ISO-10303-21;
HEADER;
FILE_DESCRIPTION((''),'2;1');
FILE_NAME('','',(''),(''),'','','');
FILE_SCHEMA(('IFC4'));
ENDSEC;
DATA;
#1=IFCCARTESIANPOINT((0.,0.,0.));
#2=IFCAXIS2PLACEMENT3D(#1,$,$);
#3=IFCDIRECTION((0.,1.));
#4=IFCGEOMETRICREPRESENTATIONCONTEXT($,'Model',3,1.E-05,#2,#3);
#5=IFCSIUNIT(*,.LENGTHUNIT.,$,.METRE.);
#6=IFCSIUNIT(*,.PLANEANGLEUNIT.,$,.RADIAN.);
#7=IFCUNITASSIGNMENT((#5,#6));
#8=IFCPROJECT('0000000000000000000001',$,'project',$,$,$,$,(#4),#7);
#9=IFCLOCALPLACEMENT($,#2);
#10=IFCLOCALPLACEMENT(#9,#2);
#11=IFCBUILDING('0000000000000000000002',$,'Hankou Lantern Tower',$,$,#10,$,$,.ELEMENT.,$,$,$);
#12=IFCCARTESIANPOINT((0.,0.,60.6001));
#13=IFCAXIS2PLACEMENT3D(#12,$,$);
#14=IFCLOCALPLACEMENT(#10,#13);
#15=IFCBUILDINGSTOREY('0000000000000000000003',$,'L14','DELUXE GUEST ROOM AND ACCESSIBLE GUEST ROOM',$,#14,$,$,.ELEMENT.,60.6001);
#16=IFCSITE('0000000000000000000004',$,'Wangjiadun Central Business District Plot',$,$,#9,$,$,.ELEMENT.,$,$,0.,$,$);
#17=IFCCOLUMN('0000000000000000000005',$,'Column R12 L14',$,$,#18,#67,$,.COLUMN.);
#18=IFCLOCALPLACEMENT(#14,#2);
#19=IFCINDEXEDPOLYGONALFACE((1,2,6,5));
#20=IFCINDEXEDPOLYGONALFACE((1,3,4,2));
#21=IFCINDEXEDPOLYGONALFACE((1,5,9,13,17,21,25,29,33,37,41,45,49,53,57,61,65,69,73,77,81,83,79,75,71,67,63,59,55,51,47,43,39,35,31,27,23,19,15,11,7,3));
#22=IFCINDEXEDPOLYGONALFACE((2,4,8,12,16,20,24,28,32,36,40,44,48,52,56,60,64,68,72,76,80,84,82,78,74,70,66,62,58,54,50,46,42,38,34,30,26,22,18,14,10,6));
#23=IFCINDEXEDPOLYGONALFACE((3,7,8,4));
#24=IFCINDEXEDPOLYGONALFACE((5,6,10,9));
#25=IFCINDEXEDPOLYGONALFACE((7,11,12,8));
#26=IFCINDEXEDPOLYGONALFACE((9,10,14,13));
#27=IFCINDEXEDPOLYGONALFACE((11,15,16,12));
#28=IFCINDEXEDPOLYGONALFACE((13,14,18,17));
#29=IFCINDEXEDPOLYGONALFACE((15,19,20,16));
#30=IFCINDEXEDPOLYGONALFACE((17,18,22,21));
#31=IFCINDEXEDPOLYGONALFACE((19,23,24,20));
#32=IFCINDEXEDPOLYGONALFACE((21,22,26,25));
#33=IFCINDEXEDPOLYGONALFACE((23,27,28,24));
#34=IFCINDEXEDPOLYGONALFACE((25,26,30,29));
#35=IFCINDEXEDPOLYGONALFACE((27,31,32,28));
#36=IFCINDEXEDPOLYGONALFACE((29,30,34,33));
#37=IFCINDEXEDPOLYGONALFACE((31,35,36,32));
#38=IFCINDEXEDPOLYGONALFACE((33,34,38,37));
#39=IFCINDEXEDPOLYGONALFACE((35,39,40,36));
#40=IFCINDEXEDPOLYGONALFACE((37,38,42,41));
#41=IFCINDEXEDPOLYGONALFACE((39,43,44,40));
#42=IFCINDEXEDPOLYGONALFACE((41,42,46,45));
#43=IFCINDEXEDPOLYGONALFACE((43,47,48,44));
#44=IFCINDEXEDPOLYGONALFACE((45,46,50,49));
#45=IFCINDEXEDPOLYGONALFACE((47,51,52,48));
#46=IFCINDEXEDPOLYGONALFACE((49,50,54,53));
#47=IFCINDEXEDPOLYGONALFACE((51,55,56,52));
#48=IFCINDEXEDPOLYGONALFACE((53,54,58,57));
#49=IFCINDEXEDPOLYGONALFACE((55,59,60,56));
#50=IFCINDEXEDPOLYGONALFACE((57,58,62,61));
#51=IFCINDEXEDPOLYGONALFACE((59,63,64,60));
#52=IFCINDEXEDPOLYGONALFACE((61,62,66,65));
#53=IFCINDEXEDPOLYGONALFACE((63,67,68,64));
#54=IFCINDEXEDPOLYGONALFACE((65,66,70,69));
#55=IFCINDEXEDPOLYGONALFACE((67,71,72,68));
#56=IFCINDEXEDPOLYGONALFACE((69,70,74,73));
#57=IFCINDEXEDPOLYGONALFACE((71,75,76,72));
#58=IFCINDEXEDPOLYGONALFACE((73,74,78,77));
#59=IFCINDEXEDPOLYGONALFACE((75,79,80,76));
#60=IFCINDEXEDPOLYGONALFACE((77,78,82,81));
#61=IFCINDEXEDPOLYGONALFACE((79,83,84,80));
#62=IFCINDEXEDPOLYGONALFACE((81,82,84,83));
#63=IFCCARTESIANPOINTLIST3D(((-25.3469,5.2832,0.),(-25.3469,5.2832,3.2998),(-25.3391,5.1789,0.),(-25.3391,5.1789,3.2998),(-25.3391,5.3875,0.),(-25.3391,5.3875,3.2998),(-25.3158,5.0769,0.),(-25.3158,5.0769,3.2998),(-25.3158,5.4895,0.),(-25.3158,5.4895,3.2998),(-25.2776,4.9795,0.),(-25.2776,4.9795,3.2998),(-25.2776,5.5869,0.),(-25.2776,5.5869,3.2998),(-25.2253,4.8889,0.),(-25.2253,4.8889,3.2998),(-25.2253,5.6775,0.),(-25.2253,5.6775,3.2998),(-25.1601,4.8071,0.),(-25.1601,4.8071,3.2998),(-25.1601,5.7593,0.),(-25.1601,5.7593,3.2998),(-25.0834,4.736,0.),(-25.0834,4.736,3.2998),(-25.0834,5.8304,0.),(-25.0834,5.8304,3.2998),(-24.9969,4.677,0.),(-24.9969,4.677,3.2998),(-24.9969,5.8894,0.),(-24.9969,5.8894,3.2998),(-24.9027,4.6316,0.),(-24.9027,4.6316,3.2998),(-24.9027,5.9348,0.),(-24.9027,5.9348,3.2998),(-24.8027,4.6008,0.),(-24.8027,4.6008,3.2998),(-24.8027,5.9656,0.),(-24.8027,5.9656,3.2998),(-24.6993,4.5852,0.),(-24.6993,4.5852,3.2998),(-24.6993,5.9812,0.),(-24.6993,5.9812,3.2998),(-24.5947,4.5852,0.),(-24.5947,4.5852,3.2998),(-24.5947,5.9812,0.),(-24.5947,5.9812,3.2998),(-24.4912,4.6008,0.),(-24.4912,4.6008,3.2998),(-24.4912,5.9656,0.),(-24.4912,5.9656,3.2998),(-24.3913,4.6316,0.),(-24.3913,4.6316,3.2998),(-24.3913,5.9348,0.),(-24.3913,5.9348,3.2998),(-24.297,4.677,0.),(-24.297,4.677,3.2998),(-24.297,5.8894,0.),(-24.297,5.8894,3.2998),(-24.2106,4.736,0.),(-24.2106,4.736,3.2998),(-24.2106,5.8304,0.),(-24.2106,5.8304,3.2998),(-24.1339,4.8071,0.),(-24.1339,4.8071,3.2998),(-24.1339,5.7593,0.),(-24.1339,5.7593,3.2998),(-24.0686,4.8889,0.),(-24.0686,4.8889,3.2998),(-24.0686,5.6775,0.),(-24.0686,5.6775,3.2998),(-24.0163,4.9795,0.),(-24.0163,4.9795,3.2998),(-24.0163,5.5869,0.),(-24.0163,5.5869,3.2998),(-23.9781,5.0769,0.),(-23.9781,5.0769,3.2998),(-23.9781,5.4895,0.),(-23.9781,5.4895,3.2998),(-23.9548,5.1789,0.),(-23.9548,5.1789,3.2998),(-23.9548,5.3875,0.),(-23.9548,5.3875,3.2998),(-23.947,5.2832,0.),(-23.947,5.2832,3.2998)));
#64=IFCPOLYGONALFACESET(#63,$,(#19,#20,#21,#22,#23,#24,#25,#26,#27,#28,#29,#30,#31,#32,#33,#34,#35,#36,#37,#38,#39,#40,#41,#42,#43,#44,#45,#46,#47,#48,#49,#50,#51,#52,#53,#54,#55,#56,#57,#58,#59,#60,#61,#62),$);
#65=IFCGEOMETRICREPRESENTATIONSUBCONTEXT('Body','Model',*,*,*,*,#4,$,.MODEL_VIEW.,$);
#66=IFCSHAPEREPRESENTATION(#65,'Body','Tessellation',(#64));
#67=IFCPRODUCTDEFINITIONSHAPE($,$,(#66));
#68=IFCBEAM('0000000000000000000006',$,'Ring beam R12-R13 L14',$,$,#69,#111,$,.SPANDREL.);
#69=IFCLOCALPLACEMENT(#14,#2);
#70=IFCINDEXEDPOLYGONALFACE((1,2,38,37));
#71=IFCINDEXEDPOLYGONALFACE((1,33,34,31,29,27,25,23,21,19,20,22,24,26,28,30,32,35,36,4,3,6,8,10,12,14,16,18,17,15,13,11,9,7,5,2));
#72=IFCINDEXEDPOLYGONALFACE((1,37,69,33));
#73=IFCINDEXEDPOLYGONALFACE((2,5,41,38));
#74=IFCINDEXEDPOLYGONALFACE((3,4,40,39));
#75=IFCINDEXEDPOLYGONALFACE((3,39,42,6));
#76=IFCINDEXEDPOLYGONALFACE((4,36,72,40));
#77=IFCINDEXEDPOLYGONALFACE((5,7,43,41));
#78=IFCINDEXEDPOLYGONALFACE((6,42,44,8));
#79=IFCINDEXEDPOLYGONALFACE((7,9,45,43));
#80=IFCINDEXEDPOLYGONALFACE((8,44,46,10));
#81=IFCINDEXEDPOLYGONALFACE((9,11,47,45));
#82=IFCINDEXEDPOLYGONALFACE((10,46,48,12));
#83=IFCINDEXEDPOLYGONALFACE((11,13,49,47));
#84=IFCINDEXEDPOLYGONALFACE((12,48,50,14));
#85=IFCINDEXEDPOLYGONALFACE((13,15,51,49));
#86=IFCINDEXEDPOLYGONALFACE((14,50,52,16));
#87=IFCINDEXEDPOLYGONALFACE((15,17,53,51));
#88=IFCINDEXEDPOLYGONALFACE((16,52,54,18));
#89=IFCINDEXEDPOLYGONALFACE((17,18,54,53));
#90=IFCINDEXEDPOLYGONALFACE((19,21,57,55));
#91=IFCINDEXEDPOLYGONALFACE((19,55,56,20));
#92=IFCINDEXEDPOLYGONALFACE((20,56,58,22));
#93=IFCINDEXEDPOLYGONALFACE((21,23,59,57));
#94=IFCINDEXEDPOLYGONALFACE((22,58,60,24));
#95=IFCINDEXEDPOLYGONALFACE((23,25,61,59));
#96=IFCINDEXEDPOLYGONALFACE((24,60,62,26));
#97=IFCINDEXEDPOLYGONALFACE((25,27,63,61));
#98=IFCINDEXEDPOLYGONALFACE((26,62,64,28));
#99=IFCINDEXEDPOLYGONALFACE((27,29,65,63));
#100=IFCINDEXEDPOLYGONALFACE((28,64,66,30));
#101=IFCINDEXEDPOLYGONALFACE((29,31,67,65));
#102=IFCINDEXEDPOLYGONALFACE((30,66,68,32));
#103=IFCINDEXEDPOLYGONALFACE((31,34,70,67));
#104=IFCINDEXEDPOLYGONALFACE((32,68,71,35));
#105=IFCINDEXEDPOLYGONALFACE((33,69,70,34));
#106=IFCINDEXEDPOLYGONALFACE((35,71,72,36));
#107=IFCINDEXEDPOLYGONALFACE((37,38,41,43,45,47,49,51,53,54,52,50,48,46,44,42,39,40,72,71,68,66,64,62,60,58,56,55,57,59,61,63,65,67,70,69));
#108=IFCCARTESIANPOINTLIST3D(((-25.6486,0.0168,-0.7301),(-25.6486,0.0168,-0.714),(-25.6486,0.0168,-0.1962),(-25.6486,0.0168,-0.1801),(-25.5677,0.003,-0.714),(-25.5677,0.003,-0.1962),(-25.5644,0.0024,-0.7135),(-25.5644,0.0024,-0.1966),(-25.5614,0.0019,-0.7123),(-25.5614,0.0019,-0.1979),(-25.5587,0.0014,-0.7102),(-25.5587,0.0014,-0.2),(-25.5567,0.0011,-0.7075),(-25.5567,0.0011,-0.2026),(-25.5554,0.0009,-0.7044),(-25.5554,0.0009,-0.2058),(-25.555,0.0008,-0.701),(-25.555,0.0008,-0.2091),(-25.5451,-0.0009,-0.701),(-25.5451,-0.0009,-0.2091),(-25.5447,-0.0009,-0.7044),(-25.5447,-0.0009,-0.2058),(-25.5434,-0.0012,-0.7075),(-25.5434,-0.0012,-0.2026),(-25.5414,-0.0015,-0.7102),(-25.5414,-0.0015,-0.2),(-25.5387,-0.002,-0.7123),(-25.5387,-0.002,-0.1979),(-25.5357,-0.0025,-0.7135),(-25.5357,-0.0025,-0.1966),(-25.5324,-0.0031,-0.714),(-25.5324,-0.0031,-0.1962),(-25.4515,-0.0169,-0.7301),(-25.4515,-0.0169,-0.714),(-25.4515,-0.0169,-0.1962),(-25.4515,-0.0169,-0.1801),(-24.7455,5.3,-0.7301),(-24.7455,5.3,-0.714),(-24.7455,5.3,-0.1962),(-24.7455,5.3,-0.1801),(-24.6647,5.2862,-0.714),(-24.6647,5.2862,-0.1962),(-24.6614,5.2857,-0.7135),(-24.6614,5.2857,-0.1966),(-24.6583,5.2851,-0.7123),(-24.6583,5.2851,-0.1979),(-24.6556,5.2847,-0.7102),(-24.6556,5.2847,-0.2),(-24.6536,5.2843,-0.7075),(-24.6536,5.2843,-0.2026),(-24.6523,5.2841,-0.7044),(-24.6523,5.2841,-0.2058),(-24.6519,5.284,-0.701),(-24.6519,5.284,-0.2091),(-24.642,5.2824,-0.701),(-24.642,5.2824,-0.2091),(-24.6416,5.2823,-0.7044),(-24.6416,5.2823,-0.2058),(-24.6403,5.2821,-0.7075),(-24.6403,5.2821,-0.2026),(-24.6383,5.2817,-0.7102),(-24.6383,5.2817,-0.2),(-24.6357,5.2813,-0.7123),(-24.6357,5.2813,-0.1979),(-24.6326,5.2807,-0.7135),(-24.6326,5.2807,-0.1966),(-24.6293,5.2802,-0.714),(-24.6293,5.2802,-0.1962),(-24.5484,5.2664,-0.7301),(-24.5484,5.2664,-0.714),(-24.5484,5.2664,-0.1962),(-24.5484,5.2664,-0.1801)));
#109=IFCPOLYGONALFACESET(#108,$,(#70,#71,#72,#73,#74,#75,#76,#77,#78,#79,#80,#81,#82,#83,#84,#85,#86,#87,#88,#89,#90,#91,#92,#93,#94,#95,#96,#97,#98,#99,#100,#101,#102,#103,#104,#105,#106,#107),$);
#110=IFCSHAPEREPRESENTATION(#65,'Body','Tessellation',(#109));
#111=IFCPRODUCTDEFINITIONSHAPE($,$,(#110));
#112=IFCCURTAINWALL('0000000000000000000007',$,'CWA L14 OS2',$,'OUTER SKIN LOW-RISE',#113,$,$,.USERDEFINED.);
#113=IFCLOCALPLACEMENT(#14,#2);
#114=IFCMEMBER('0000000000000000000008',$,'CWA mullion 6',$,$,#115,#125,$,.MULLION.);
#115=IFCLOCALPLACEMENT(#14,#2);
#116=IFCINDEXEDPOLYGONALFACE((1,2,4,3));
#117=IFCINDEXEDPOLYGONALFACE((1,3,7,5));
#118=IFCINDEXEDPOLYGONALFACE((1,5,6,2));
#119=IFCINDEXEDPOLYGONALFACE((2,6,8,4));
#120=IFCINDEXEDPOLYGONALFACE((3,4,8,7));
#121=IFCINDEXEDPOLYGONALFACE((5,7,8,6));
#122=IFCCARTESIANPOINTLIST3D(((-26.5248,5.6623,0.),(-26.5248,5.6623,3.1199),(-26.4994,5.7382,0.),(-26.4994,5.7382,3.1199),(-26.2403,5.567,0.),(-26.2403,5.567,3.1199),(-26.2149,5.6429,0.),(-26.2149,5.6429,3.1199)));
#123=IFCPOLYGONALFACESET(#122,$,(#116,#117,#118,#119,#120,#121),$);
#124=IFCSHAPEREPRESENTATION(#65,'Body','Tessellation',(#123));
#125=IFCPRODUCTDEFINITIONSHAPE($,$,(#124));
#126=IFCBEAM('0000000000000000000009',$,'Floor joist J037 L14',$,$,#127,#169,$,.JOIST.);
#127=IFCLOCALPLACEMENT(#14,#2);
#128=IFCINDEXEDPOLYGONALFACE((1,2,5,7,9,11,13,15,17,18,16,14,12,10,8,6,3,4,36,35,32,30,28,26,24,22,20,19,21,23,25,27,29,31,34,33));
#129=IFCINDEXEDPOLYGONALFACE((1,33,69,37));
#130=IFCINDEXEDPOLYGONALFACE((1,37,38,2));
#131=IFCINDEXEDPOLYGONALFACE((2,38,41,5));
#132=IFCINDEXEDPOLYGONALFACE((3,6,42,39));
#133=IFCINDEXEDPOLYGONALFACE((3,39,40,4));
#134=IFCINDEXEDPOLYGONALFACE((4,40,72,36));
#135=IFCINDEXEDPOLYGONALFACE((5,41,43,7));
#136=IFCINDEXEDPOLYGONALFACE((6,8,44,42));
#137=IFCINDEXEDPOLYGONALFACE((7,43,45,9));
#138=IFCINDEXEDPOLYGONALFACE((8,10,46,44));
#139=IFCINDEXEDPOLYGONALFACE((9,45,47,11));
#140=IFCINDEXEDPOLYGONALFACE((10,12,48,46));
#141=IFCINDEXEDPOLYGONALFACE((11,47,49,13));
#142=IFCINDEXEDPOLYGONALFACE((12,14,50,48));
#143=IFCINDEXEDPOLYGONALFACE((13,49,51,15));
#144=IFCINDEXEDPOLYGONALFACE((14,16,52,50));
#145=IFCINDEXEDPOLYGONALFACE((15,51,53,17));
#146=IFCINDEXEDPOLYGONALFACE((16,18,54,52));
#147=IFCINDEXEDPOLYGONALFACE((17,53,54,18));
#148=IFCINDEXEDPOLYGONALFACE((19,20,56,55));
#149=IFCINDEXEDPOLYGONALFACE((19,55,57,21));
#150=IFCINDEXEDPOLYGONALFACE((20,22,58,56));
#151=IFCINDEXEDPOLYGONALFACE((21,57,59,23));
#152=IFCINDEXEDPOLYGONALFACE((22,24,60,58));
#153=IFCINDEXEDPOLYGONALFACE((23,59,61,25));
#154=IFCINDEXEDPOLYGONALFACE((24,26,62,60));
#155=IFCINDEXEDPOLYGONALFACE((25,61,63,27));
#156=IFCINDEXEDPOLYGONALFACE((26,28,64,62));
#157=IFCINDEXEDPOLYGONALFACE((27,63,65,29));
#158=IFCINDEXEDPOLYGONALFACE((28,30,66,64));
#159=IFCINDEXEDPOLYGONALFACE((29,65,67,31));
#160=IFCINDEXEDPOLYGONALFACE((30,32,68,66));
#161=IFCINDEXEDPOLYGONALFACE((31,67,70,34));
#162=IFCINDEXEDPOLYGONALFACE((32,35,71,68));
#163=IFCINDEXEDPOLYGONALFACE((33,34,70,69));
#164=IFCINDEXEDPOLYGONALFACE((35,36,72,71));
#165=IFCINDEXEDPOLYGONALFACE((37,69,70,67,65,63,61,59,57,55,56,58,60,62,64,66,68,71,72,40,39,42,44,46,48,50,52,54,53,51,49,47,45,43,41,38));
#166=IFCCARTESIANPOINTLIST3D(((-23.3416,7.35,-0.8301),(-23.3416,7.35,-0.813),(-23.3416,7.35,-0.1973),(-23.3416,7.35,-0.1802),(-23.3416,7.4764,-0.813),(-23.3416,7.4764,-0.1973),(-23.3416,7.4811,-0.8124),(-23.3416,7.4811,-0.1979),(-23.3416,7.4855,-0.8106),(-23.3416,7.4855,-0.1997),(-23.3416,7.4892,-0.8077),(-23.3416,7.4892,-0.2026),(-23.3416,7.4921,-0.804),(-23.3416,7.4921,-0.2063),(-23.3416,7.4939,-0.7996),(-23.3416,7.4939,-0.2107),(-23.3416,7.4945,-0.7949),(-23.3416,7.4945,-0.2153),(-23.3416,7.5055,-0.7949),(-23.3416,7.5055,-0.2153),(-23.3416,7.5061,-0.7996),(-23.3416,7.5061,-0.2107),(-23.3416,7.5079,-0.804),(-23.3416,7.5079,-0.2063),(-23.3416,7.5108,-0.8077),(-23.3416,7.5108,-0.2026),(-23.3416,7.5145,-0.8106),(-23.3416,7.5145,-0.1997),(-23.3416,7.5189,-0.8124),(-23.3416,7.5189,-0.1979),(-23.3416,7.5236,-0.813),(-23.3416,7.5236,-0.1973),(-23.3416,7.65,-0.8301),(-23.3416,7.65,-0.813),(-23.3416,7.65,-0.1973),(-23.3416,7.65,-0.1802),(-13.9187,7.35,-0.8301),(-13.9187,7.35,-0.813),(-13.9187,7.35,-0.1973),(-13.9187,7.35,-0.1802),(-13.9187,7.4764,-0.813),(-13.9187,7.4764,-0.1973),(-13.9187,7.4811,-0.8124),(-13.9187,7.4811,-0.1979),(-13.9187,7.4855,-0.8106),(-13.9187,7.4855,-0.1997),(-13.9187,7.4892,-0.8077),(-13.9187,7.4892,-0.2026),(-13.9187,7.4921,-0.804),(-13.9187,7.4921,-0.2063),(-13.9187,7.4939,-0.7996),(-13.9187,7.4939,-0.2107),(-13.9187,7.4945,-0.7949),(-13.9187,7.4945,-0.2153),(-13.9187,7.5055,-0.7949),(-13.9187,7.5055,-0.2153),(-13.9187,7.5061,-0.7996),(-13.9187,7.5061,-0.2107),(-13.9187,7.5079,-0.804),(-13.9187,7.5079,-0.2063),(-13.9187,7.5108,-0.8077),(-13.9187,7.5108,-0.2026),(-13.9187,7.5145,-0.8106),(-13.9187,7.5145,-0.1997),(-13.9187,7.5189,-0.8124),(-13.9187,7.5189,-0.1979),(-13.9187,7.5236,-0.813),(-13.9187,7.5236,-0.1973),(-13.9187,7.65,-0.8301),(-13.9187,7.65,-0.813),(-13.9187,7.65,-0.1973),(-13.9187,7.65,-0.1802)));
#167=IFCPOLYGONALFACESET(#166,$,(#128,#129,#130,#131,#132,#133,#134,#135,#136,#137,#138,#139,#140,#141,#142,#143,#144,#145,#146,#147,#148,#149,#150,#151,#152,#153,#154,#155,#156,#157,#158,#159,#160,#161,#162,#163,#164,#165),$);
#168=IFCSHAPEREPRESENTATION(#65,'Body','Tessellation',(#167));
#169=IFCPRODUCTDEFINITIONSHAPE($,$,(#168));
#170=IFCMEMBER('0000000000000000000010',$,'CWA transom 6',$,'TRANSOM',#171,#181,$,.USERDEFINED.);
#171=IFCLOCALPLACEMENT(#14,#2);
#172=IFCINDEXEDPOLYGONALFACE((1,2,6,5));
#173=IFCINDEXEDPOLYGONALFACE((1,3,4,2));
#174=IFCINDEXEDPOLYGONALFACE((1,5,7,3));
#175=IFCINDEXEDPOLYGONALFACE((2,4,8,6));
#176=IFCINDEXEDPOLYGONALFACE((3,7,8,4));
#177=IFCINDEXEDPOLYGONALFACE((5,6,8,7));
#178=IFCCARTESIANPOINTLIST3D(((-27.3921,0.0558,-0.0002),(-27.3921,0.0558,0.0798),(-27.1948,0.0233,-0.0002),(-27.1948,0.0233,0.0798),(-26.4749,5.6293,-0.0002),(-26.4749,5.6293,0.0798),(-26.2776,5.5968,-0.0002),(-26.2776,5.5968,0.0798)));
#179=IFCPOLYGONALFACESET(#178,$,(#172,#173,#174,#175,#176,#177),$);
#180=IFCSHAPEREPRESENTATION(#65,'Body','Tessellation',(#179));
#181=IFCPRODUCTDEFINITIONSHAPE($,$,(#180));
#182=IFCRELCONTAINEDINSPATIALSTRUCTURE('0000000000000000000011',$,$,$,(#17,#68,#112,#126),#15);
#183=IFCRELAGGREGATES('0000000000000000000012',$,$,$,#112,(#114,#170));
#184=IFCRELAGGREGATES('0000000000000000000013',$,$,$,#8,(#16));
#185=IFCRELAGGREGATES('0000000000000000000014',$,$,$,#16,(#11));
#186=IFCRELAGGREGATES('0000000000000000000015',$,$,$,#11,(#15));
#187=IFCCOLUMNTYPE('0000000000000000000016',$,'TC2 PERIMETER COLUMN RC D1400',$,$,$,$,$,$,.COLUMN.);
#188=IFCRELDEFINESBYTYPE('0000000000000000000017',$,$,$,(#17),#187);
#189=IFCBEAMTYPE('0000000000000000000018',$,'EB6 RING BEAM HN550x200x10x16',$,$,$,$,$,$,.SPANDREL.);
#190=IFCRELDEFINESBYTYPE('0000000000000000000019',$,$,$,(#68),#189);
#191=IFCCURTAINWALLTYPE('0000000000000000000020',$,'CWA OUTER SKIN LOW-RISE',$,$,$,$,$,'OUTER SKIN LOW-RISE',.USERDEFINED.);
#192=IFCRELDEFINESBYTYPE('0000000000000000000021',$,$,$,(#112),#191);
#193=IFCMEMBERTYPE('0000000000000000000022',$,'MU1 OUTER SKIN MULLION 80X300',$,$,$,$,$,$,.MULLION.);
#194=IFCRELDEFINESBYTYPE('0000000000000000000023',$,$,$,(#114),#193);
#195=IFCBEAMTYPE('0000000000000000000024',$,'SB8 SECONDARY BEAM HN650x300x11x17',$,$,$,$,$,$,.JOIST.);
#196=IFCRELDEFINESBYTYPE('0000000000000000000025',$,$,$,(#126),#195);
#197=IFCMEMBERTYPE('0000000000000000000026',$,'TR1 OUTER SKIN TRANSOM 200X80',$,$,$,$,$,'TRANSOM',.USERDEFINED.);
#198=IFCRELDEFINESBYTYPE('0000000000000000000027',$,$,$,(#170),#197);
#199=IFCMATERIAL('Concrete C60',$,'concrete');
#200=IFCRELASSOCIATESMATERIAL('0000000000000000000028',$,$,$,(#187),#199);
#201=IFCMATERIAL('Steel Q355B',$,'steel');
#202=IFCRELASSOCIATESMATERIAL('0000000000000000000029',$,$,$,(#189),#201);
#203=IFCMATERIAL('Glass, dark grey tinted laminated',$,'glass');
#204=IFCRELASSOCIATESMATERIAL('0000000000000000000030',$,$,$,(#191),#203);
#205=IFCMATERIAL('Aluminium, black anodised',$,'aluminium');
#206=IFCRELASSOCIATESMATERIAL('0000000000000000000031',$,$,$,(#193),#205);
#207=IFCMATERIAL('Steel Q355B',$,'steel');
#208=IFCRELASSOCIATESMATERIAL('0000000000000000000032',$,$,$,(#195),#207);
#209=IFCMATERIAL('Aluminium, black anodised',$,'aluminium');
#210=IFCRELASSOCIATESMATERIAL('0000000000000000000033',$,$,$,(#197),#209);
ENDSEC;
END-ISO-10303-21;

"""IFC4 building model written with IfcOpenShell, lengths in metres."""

from ifc_helpers import new_model, si_unit, direction, frame, origin, origin_2d, place, context, subcontext, project, spatial, rectangle, circle, i_section, extrude, material, material_profile, profile_set, type_object, element, aggregate, save


model = new_model("IFC4")

# Units and contexts
model_context = context("Model", 3, precision=1e-05, world=origin(), true_north=direction((0.0, 1.0)))
body_context = subcontext(model_context, "Body", "Model", "MODEL_VIEW")
ifc_project = project(units=[si_unit("LENGTHUNIT", "METRE"), si_unit("PLANEANGLEUNIT", "RADIAN")], contexts=[model_context])

# Site, building, storey
site_placement = place(None, origin())
site = spatial("IfcSite", under=ifc_project, at=site_placement, Name="Wangjiadun Central Business District Plot", CompositionType="ELEMENT", RefElevation=0.0)
building_placement = place(site_placement, origin())
building = spatial("IfcBuilding", under=site, at=building_placement, Name="Hankou Lantern Tower", CompositionType="ELEMENT")
storey_placement = place(building_placement, frame((0.0, 0.0, 60.6001)))
storey = spatial("IfcBuildingStorey", under=building, at=storey_placement, Name="L14", Description="DELUXE GUEST ROOM AND ACCESSIBLE GUEST ROOM", CompositionType="ELEMENT", Elevation=60.6001)

# Column
ifc_material_1 = material(Name="Concrete C60", Category="concrete")
ifc_material_profile_1 = material_profile(ifc_material_1, circle(Radius=0.7, at=origin_2d()), Name="RC D1400")
ifc_profile_set_1 = profile_set([ifc_material_profile_1], Name="Concrete C60")
column_type = type_object("IfcColumnType", Name="TC2 PERIMETER COLUMN RC D1400", PredefinedType="COLUMN", material=ifc_profile_set_1)
column_placement = place(storey_placement, frame((-24.647, 5.2832, 0.0), z_axis=(0.0, 0.0, 1.0), x_axis=(1.0, 0.0, 0.0)))
element("IfcColumn", 1, at=column_placement, inside=storey, type_object=column_type, Name="Column R12 L14", PredefinedType="COLUMN", context=body_context, shape_type="SweptSolid", body=[
    extrude(circle(Radius=0.7, at=origin_2d()), origin(), (0.0, 0.0, 1.0), 3.2998),
])

# Beam
ifc_material_2 = material(Name="Steel Q355B", Category="steel")
ifc_material_profile_2 = material_profile(ifc_material_2, i_section(OverallWidth=0.2, OverallDepth=0.55, WebThickness=0.01, FlangeThickness=0.0161, FilletRadius=0.0129, at=origin_2d()), Name="HN550x200x10x16")
ifc_profile_set_2 = profile_set([ifc_material_profile_2], Name="Steel Q355B")
beam_type_1 = type_object("IfcBeamType", Name="EB6 RING BEAM HN550x200x10x16", PredefinedType="SPANDREL", material=ifc_profile_set_2)
beam_1_placement = place(storey_placement, frame((-24.647, 5.2832, -0.4551), z_axis=(-0.16849, -0.985703, 0.0), x_axis=(0.985703, -0.16849, 0.0)))
element("IfcBeam", 2, at=beam_1_placement, inside=storey, type_object=beam_type_1, Name="Ring beam R12-R13 L14", PredefinedType="SPANDREL", context=body_context, shape_type="SweptSolid", body=[
    extrude(i_section(OverallWidth=0.2, OverallDepth=0.55, WebThickness=0.01, FlangeThickness=0.0161, FilletRadius=0.0129, at=origin_2d()), origin(), (0.0, 0.0, 1.0), 5.3599),
])

# Curtain wall, member
ifc_material_3 = material(Name="Glass, dark grey tinted laminated", Category="glass")
curtain_wall_type = type_object("IfcCurtainWallType", Name="CWA OUTER SKIN LOW-RISE", ElementType="OUTER SKIN LOW-RISE", PredefinedType="USERDEFINED", material=ifc_material_3)
curtain_wall_placement = place(storey_placement, origin())
curtain_wall = element("IfcCurtainWall", 3, at=curtain_wall_placement, inside=storey, type_object=curtain_wall_type, Name="CWA L14 OS2", ObjectType="OUTER SKIN LOW-RISE", PredefinedType="USERDEFINED")
ifc_material_4 = material(Name="Aluminium, black anodised", Category="aluminium")
ifc_material_profile_3 = material_profile(ifc_material_4, rectangle(XDim=0.0801, YDim=0.3, at=origin_2d()), Name="MU1 80X300")
ifc_profile_set_3 = profile_set([ifc_material_profile_3], Name="Aluminium, black anodised")
member_type_1 = type_object("IfcMemberType", Name="MU1 OUTER SKIN MULLION 80X300", PredefinedType="MULLION", material=ifc_profile_set_3)
member_1_placement = place(storey_placement, frame((-26.3699, 5.6526, 0.0), z_axis=(0.0, 0.0, 1.0), x_axis=(-0.317596, -0.948226, 0.0)))
member_1 = element("IfcMember", 4, at=member_1_placement, type_object=member_type_1, Name="CWA mullion 6", PredefinedType="MULLION", context=body_context, shape_type="SweptSolid", body=[
    extrude(rectangle(XDim=0.0801, YDim=0.3, at=origin_2d()), origin(), (0.0, 0.0, 1.0), 3.1199),
])

# Beam
ifc_material_5 = material(Name="Steel Q355B", Category="steel")
ifc_material_profile_4 = material_profile(ifc_material_5, i_section(OverallWidth=0.3, OverallDepth=0.6499, WebThickness=0.011, FlangeThickness=0.0171, FilletRadius=0.0181, at=origin_2d()), Name="HN650x300x11x17")
ifc_profile_set_4 = profile_set([ifc_material_profile_4], Name="Steel Q355B")
beam_type_2 = type_object("IfcBeamType", Name="SB8 SECONDARY BEAM HN650x300x11x17", PredefinedType="JOIST", material=ifc_profile_set_4)
beam_2_placement = place(storey_placement, frame((-23.3416, 7.5, -0.5051), z_axis=(1.0, 0.0, 0.0), x_axis=(0.0, 1.0, 0.0)))
element("IfcBeam", 5, at=beam_2_placement, inside=storey, type_object=beam_type_2, Name="Floor joist J037 L14", PredefinedType="JOIST", context=body_context, shape_type="SweptSolid", body=[
    extrude(i_section(OverallWidth=0.3, OverallDepth=0.6499, WebThickness=0.011, FlangeThickness=0.0171, FilletRadius=0.0181, at=origin_2d()), origin(), (0.0, 0.0, 1.0), 9.4229),
])

# Member
ifc_material_6 = material(Name="Aluminium, black anodised", Category="aluminium")
ifc_material_profile_5 = material_profile(ifc_material_6, rectangle(XDim=0.2, YDim=0.0801, at=origin_2d()), Name="TR1 200X80")
ifc_profile_set_5 = profile_set([ifc_material_profile_5], Name="Aluminium, black anodised")
member_type_2 = type_object("IfcMemberType", Name="TR1 OUTER SKIN TRANSOM 200X80", ElementType="TRANSOM", PredefinedType="USERDEFINED", material=ifc_profile_set_5)
member_2_placement = place(storey_placement, frame((-26.3762, 5.613, 0.0398), z_axis=(-0.162387, -0.986727, 0.0), x_axis=(0.986727, -0.162387, 0.0)))
member_2 = element("IfcMember", 6, at=member_2_placement, type_object=member_type_2, Name="CWA transom 6", ObjectType="TRANSOM", PredefinedType="USERDEFINED", context=body_context, shape_type="SweptSolid", body=[
    extrude(rectangle(XDim=0.2, YDim=0.0801, at=origin_2d()), origin(), (0.0, 0.0, 1.0), 5.6484),
])

aggregate(curtain_wall, [member_1, member_2])

save(model, "model.ifc")
